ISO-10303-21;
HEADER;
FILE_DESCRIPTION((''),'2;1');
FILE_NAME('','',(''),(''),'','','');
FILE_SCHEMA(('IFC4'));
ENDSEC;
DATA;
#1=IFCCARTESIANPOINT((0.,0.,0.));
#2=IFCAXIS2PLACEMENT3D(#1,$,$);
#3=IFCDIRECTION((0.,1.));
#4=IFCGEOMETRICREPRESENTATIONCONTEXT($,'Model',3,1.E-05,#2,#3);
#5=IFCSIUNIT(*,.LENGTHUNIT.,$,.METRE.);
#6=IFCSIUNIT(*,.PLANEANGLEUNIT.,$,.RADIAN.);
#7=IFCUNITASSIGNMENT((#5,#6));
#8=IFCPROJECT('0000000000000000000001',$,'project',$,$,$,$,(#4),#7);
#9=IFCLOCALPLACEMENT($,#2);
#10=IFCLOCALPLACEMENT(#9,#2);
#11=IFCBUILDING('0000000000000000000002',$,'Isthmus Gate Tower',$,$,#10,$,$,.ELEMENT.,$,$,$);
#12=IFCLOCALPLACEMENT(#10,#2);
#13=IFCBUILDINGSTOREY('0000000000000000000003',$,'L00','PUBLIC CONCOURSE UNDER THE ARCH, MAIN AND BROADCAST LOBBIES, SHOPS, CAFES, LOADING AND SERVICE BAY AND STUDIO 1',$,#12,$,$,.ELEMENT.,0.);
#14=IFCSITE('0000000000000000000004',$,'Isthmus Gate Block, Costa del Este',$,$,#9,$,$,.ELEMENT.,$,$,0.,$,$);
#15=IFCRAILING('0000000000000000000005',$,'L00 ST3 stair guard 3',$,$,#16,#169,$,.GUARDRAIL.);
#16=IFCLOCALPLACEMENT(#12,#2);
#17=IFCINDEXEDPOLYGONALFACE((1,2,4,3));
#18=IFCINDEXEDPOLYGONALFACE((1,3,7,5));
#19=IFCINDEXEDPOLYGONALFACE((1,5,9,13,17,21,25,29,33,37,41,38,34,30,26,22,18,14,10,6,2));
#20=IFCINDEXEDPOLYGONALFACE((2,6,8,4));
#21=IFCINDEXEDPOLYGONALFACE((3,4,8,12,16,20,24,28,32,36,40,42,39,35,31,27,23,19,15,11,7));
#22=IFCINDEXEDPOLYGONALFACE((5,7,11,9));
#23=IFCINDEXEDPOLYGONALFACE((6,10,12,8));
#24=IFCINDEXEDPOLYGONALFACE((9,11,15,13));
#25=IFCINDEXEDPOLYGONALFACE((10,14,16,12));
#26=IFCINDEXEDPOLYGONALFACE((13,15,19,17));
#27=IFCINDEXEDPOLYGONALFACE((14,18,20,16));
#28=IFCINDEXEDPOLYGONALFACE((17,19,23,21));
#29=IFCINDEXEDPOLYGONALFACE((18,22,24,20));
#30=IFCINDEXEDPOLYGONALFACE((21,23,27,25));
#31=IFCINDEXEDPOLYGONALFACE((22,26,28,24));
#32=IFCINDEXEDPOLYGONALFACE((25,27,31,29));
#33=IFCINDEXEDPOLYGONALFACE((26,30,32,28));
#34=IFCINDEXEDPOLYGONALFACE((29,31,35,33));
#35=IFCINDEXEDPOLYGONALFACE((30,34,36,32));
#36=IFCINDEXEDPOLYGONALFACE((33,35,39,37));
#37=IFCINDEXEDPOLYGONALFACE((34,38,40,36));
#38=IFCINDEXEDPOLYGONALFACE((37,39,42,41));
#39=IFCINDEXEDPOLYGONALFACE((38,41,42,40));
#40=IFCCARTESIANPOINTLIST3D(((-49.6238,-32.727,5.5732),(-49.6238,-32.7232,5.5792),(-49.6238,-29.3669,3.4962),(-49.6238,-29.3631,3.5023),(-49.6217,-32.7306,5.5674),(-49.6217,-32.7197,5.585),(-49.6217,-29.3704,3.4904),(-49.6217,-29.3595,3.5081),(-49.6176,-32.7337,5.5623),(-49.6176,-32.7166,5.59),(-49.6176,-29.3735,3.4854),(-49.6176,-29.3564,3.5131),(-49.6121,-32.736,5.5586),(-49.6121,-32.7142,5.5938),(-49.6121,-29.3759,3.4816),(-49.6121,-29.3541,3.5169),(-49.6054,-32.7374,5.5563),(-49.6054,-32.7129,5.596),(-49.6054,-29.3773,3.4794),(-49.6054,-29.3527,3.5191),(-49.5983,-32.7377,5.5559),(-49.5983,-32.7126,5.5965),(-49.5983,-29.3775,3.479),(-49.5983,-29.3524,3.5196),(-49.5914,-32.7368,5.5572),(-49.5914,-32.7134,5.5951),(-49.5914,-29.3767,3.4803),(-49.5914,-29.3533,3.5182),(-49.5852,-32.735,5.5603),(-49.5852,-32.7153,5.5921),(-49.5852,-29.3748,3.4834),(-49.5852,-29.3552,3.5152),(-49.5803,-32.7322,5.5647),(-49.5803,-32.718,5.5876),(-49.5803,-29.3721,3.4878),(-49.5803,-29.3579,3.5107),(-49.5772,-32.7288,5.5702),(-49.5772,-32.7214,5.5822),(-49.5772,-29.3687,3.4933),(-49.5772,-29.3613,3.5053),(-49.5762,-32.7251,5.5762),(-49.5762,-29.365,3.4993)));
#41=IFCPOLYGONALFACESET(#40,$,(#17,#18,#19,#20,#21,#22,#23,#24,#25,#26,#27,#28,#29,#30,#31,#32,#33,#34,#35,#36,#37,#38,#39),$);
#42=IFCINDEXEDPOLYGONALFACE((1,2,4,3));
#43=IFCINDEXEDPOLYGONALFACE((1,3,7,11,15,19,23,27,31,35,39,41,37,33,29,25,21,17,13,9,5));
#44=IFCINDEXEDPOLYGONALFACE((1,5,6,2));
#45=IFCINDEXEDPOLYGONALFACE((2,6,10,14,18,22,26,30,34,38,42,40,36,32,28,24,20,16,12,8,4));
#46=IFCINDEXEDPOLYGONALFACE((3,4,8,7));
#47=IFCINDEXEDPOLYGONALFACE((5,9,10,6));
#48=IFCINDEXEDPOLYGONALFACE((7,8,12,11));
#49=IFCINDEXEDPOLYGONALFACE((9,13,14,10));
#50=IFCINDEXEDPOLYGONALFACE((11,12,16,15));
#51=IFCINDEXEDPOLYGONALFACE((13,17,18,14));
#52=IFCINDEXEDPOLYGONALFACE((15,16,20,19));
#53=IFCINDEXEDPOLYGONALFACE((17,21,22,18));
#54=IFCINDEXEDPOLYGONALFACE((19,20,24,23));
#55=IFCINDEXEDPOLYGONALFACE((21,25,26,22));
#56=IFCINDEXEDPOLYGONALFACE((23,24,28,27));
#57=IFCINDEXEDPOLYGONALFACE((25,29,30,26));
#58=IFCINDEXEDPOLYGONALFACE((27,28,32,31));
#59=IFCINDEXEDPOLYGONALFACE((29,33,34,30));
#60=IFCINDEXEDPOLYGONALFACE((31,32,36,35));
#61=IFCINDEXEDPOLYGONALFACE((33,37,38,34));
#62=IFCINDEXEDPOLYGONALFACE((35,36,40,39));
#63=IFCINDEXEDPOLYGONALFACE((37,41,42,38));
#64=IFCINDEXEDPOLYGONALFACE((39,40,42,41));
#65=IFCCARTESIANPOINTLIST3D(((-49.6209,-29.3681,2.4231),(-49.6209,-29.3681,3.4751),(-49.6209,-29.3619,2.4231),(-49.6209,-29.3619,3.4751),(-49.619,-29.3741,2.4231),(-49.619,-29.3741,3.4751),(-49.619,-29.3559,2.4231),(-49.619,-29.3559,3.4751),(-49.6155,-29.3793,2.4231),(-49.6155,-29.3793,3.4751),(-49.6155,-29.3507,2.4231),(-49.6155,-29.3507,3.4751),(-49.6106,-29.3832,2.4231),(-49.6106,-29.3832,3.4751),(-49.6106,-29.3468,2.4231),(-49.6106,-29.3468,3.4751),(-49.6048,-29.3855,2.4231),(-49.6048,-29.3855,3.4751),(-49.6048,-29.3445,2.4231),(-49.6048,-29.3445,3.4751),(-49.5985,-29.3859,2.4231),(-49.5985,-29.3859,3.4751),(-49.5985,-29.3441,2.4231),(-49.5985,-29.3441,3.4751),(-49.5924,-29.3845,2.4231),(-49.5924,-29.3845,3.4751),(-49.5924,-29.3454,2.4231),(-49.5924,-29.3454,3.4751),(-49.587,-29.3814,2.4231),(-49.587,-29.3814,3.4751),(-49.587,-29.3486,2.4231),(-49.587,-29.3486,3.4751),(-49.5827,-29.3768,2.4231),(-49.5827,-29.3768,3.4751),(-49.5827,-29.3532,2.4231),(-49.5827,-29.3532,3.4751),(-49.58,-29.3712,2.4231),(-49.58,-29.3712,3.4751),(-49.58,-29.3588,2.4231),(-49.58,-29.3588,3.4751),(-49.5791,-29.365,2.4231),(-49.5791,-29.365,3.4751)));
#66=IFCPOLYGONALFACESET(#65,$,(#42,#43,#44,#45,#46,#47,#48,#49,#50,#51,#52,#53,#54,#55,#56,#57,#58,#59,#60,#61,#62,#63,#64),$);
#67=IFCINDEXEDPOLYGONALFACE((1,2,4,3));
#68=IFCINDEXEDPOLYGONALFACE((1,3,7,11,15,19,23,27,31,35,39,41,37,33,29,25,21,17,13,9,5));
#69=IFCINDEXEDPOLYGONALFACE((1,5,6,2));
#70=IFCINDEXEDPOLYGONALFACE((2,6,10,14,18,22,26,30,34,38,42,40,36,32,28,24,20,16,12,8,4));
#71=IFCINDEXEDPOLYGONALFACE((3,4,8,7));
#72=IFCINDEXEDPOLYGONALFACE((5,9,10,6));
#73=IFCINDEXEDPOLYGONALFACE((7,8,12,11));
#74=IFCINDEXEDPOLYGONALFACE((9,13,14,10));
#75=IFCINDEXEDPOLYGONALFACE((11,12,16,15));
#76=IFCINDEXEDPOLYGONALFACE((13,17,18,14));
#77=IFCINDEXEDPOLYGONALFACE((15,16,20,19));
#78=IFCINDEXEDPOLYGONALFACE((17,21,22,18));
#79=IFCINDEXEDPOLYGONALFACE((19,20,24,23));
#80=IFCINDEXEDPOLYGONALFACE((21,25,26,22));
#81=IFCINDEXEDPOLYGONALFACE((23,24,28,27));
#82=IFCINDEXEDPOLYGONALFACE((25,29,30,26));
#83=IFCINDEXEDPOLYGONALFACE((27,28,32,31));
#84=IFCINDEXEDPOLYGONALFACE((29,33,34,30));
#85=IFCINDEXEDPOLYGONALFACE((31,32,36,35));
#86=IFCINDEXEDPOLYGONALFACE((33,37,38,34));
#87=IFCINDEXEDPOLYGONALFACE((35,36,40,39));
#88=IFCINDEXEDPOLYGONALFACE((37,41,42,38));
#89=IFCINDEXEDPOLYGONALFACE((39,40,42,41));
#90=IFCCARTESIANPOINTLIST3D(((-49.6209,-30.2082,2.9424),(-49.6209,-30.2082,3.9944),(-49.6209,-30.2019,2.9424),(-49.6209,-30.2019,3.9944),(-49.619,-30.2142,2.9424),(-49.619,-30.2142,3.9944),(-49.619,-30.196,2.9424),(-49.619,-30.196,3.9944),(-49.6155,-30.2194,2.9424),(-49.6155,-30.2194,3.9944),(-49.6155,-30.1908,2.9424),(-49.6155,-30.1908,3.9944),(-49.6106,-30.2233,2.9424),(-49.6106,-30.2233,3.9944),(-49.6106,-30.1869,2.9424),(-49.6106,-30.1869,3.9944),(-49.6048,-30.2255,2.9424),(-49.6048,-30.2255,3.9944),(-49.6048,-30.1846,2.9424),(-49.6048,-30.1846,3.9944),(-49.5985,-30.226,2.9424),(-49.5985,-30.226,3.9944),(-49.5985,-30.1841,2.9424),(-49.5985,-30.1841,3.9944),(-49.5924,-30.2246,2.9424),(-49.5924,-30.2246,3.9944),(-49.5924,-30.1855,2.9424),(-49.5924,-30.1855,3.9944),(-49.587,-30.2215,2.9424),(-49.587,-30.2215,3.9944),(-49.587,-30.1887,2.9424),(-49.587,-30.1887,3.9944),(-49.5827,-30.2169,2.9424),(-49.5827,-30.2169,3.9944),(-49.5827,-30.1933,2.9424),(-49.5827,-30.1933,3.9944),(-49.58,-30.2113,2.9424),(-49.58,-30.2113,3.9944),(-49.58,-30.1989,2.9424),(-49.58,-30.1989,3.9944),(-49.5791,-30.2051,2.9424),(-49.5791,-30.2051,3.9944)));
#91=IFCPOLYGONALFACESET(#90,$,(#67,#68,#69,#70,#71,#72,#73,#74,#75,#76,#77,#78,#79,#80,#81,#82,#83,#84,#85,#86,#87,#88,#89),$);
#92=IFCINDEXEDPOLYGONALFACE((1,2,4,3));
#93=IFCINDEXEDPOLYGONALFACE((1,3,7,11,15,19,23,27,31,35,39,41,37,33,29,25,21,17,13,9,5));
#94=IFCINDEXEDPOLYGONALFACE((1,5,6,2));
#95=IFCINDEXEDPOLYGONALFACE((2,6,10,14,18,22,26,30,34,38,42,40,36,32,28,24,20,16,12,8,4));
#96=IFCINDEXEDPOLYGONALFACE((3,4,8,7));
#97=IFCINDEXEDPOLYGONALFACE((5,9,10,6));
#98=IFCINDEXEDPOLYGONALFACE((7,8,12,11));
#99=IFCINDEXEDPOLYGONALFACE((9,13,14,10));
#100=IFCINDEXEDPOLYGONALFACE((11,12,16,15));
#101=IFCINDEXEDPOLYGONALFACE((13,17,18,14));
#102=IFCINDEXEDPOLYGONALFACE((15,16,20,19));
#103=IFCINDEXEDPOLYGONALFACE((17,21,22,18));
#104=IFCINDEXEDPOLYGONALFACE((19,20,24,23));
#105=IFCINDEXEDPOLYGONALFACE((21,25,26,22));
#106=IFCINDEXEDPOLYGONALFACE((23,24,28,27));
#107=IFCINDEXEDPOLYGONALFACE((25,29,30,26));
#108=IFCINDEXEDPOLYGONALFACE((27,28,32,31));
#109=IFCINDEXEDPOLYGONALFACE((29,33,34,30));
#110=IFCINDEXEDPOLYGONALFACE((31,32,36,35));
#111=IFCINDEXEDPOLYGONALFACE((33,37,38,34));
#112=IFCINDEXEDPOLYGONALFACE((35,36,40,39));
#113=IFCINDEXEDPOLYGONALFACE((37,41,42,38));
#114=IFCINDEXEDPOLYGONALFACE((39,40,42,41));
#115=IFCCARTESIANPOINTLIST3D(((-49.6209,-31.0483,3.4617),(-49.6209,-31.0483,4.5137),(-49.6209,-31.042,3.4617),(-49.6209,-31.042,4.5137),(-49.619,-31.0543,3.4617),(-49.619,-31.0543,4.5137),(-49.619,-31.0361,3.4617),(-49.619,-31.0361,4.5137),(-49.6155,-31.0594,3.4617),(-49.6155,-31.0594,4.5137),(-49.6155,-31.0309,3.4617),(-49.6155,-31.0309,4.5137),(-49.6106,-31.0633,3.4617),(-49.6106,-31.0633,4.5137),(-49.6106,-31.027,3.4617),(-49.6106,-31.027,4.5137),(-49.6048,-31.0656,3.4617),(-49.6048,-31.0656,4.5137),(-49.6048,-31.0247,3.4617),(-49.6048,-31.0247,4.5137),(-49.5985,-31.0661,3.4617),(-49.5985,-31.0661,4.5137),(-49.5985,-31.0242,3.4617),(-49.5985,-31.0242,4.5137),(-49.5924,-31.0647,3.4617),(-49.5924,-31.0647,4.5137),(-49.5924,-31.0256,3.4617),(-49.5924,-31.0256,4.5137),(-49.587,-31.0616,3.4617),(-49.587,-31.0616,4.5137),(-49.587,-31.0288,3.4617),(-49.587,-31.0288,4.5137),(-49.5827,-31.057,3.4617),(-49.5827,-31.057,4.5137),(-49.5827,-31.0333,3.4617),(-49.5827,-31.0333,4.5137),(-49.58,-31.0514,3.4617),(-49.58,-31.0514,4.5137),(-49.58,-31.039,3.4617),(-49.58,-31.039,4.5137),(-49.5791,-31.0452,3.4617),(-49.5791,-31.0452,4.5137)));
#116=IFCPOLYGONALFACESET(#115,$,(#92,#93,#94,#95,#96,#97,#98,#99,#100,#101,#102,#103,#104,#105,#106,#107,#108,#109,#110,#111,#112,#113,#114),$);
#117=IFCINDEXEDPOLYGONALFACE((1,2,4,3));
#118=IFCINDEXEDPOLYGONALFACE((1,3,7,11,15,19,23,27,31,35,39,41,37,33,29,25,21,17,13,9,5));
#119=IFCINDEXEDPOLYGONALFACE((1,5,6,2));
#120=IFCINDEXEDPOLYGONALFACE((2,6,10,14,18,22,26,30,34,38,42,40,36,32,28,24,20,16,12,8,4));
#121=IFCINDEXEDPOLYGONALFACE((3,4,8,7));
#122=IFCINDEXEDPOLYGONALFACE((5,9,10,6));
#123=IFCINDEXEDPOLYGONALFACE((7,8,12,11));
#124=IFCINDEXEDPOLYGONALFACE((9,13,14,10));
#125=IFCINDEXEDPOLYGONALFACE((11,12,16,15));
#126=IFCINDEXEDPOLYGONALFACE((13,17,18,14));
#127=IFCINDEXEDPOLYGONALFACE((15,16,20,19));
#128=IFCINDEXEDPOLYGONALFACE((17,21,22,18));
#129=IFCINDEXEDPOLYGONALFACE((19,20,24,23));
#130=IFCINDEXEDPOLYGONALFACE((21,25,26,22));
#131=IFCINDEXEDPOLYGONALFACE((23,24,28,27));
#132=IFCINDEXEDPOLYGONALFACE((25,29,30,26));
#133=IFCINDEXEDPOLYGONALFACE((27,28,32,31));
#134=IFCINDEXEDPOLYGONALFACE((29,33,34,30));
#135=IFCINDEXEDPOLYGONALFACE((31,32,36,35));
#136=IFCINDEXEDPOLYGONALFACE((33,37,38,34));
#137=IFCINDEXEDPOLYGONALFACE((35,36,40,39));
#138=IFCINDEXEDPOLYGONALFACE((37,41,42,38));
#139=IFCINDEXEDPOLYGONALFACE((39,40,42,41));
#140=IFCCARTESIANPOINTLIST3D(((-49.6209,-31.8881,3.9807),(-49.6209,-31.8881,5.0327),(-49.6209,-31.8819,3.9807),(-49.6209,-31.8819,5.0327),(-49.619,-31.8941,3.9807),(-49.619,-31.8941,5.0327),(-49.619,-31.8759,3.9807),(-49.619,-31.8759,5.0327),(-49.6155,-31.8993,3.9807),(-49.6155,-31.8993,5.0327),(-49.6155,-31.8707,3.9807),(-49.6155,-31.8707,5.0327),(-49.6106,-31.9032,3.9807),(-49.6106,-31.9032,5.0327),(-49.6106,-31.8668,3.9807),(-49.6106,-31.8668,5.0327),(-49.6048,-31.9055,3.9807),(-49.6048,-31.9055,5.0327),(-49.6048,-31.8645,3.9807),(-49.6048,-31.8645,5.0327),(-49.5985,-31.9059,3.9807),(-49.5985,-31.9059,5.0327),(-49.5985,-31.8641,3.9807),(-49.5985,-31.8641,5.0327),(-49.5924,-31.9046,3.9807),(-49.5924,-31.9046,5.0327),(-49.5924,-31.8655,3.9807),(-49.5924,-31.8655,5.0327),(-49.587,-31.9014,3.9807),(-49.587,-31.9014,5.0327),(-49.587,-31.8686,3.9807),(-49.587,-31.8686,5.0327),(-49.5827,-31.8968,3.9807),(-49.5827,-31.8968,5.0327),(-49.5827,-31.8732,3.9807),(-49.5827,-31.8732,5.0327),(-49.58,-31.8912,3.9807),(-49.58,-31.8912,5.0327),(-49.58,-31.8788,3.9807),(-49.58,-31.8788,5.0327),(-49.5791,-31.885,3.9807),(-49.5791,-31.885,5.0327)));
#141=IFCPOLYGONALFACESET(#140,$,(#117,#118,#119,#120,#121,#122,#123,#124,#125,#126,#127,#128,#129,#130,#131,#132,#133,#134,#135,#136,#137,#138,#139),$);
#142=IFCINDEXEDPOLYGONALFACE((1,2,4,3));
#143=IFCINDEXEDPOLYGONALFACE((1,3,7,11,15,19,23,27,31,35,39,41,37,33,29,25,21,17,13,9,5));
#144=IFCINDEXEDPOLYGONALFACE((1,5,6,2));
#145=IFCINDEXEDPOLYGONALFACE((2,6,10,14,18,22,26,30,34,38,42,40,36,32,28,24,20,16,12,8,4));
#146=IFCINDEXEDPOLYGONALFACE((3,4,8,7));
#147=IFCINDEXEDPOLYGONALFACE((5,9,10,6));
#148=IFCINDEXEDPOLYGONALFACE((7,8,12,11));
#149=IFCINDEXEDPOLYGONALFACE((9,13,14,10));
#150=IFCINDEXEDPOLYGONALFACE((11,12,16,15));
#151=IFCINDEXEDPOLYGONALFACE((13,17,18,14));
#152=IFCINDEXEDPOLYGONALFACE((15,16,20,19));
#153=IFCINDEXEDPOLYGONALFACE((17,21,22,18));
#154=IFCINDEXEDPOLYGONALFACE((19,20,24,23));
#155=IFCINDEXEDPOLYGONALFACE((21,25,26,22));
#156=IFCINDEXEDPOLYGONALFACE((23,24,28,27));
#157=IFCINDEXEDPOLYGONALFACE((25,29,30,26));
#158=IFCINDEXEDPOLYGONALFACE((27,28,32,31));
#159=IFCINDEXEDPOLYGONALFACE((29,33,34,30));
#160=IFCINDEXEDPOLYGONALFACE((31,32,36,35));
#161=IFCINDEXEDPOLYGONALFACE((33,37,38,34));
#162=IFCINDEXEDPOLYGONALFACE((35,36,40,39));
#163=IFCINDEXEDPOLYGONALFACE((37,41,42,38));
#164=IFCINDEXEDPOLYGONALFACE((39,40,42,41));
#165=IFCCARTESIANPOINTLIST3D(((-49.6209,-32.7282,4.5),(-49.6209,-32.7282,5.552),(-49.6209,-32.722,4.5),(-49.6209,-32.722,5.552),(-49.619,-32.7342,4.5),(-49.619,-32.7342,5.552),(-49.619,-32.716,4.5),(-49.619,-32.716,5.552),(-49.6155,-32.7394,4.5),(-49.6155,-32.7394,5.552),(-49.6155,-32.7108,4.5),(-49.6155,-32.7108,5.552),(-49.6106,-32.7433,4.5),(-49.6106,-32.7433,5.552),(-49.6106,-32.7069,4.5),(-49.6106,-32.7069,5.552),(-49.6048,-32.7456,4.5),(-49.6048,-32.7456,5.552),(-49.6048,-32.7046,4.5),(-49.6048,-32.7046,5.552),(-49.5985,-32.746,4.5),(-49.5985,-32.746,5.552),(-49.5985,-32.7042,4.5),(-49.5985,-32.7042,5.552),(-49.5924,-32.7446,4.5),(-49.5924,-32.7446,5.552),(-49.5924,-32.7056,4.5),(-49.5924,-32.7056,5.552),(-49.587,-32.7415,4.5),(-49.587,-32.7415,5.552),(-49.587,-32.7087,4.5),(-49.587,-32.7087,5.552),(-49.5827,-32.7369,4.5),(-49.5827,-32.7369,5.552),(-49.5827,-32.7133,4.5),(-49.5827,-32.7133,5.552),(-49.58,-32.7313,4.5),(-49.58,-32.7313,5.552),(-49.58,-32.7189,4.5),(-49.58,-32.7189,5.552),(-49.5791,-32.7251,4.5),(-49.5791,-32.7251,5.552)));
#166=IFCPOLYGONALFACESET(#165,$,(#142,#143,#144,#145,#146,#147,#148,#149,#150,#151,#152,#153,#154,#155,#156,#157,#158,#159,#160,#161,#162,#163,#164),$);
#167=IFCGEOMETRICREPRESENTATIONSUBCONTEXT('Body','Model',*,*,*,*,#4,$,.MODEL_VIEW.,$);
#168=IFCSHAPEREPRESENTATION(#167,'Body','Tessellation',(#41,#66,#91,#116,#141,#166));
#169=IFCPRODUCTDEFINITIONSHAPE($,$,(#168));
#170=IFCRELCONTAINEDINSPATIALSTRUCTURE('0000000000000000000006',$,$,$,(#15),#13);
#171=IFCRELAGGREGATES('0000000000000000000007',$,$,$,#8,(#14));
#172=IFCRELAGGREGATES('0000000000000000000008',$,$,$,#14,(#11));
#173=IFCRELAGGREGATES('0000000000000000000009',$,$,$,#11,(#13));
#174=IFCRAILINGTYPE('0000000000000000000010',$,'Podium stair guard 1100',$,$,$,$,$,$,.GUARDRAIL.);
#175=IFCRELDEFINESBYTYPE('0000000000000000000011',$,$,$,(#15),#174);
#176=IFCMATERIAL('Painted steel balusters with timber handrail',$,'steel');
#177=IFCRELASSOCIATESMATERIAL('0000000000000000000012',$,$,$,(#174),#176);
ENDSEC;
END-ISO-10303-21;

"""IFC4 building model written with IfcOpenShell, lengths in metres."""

from ifc_helpers import new_model, si_unit, direction, frame, origin, origin_2d, place, context, subcontext, project, spatial, circle, extrude, material, type_object, element, save


model = new_model("IFC4")

# Units and contexts
model_context = context("Model", 3, precision=1e-05, world=origin(), true_north=direction((0.0, 1.0)))
body_context = subcontext(model_context, "Body", "Model", "MODEL_VIEW")
ifc_project = project(units=[si_unit("LENGTHUNIT", "METRE"), si_unit("PLANEANGLEUNIT", "RADIAN")], contexts=[model_context])

# Site, building, storey
site_placement = place(None, origin())
site = spatial("IfcSite", under=ifc_project, at=site_placement, Name="Isthmus Gate Block, Costa del Este", CompositionType="ELEMENT", RefElevation=0.0)
building_placement = place(site_placement, origin())
building = spatial("IfcBuilding", under=site, at=building_placement, Name="Isthmus Gate Tower", CompositionType="ELEMENT")
storey_placement = place(building_placement, origin())
storey = spatial("IfcBuildingStorey", under=building, at=storey_placement, Name="L00", Description="PUBLIC CONCOURSE UNDER THE ARCH, MAIN AND BROADCAST LOBBIES, SHOPS, CAFES, LOADING AND SERVICE BAY AND STUDIO 1", CompositionType="ELEMENT", Elevation=0.0)

# Railing
ifc_material_1 = material(Name="Painted steel balusters with timber handrail", Category="steel")
railing_type_1 = type_object("IfcRailingType", Name="Podium stair guard 1100", PredefinedType="GUARDRAIL", material=ifc_material_1)
railing_1_placement = place(storey_placement, frame((-49.6001, -29.365, 2.4231)))
element("IfcRailing", 1, at=railing_1_placement, inside=storey, type_object=railing_type_1, Name="L00 ST3 stair guard 3", PredefinedType="GUARDRAIL", context=body_context, shape_type="SweptSolid", body=[
    extrude(circle(Radius=0.0239, at=origin_2d()), frame((0.0, 0.0, 1.0762), z_axis=(0.0, -0.850623, 0.525776), x_axis=(1.0, 0.0, 0.0)), (0.0, 0.0, 1.0), 3.9502),
    extrude(circle(Radius=0.021, at=origin_2d()), origin(), (0.0, 0.0, 1.0), 1.052),
    extrude(circle(Radius=0.021, at=origin_2d()), frame((0.0, -0.8401, 0.5193)), (0.0, 0.0, 1.0), 1.052),
    extrude(circle(Radius=0.021, at=origin_2d()), frame((0.0, -1.6802, 1.0386)), (0.0, 0.0, 1.0), 1.052),
    extrude(circle(Radius=0.021, at=origin_2d()), frame((0.0, -2.52, 1.5576)), (0.0, 0.0, 1.0), 1.052),
    extrude(circle(Radius=0.021, at=origin_2d()), frame((0.0, -3.3601, 2.0769)), (0.0, 0.0, 1.0), 1.052),
])

save(model, "model.ifc")
